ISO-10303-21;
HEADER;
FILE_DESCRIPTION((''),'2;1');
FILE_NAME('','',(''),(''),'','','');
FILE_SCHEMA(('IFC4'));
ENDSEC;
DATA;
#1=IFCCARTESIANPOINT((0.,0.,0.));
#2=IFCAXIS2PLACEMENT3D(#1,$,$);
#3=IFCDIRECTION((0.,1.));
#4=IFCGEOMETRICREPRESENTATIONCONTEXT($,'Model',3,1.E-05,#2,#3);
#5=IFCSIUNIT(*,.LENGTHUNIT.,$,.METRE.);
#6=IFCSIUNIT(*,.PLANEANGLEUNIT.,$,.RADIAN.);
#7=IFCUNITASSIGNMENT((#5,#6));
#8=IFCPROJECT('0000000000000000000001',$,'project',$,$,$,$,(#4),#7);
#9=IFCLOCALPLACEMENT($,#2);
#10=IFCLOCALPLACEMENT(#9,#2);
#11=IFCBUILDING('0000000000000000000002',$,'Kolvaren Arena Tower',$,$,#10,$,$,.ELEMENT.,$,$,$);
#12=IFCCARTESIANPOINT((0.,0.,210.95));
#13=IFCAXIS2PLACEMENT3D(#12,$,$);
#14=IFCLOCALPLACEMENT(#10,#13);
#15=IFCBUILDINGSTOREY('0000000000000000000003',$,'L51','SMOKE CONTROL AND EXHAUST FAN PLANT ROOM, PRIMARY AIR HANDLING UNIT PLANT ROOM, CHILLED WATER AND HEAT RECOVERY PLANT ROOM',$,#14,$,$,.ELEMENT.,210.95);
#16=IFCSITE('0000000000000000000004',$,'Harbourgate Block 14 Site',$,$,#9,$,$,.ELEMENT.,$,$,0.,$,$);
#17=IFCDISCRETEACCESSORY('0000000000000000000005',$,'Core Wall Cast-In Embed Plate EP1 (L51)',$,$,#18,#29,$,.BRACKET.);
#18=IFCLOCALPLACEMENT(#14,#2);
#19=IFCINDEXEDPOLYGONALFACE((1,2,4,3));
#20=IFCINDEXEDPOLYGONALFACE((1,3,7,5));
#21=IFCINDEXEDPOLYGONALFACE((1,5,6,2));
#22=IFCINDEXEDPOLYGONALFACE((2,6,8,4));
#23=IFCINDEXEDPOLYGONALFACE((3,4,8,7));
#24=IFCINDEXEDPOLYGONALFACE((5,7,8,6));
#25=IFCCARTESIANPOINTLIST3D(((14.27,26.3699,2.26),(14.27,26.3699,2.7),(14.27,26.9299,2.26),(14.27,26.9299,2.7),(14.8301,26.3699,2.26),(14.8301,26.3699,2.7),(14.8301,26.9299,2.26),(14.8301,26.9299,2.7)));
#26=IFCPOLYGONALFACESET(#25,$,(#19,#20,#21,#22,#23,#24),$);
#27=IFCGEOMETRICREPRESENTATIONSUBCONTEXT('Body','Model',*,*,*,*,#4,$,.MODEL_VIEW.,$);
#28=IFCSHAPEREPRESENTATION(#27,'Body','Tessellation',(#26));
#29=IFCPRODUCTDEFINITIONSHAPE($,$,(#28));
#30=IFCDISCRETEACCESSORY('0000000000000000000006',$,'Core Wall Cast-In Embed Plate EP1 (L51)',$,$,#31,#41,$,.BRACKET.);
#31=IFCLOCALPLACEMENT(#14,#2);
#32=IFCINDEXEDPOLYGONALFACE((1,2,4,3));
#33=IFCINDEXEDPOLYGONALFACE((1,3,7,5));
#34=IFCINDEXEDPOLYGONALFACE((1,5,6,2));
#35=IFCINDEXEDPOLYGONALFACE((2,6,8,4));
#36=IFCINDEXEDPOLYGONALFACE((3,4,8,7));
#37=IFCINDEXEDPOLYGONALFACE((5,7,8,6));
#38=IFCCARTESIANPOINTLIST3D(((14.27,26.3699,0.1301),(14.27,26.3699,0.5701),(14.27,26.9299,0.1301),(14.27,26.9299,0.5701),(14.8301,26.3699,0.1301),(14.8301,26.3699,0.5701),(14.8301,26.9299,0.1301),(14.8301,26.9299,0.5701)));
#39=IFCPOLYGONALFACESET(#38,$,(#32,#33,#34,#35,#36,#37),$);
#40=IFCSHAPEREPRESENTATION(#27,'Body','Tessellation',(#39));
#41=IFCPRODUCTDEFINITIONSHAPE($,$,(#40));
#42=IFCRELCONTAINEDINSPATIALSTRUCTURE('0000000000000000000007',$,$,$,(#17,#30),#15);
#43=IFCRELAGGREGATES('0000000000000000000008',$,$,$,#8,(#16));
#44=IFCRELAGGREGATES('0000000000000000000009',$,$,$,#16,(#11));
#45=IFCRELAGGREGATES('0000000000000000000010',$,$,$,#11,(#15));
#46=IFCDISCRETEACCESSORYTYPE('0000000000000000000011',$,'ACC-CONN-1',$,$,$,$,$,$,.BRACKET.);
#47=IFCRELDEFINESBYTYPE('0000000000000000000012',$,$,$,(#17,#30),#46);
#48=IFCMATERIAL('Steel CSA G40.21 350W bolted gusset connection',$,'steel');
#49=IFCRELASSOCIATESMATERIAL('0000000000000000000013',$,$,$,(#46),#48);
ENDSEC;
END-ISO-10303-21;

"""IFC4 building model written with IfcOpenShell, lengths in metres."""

from ifc_helpers import new_model, si_unit, direction, frame, origin, origin_2d, place, context, subcontext, project, spatial, rectangle, extrude, material, type_object, element, save


model = new_model("IFC4")

# Units and contexts
model_context = context("Model", 3, precision=1e-05, world=origin(), true_north=direction((0.0, 1.0)))
body_context = subcontext(model_context, "Body", "Model", "MODEL_VIEW")
ifc_project = project(units=[si_unit("LENGTHUNIT", "METRE"), si_unit("PLANEANGLEUNIT", "RADIAN")], contexts=[model_context])

# Site, building, storey
site_placement = place(None, origin())
site = spatial("IfcSite", under=ifc_project, at=site_placement, Name="Harbourgate Block 14 Site", CompositionType="ELEMENT", RefElevation=0.0)
building_placement = place(site_placement, origin())
building = spatial("IfcBuilding", under=site, at=building_placement, Name="Kolvaren Arena Tower", CompositionType="ELEMENT")
storey_placement = place(building_placement, frame((0.0, 0.0, 210.95)))
storey = spatial("IfcBuildingStorey", under=building, at=storey_placement, Name="L51", Description="SMOKE CONTROL AND EXHAUST FAN PLANT ROOM, PRIMARY AIR HANDLING UNIT PLANT ROOM, CHILLED WATER AND HEAT RECOVERY PLANT ROOM", CompositionType="ELEMENT", Elevation=210.95)

# Discrete accessories
ifc_material_1 = material(Name="Steel CSA G40.21 350W bolted gusset connection", Category="steel")
discrete_accessory_type = type_object("IfcDiscreteAccessoryType", Name="ACC-CONN-1", PredefinedType="BRACKET", material=ifc_material_1)
for number, where, z_axis, x_axis, name in (
    (1, (14.55, 26.6499, 2.26), (0.0, 0.0, 1.0), (1.0, 0.0, 0.0), "Core Wall Cast-In Embed Plate EP1 (L51)"),
    (2, (14.55, 26.6499, 0.1301), (0.0, 0.0, 1.0), (1.0, 0.0, 0.0), "Core Wall Cast-In Embed Plate EP1 (L51)"),
):
    element("IfcDiscreteAccessory", number, at=place(storey_placement, frame(where, z_axis=z_axis, x_axis=x_axis)), inside=storey, type_object=discrete_accessory_type, Name=name, PredefinedType="BRACKET", context=body_context, shape_type="SweptSolid", body=[
        extrude(rectangle(XDim=0.5601, YDim=0.5601, at=origin_2d()), origin(), (0.0, 0.0, 1.0), 0.4399),
    ])

save(model, "model.ifc")
